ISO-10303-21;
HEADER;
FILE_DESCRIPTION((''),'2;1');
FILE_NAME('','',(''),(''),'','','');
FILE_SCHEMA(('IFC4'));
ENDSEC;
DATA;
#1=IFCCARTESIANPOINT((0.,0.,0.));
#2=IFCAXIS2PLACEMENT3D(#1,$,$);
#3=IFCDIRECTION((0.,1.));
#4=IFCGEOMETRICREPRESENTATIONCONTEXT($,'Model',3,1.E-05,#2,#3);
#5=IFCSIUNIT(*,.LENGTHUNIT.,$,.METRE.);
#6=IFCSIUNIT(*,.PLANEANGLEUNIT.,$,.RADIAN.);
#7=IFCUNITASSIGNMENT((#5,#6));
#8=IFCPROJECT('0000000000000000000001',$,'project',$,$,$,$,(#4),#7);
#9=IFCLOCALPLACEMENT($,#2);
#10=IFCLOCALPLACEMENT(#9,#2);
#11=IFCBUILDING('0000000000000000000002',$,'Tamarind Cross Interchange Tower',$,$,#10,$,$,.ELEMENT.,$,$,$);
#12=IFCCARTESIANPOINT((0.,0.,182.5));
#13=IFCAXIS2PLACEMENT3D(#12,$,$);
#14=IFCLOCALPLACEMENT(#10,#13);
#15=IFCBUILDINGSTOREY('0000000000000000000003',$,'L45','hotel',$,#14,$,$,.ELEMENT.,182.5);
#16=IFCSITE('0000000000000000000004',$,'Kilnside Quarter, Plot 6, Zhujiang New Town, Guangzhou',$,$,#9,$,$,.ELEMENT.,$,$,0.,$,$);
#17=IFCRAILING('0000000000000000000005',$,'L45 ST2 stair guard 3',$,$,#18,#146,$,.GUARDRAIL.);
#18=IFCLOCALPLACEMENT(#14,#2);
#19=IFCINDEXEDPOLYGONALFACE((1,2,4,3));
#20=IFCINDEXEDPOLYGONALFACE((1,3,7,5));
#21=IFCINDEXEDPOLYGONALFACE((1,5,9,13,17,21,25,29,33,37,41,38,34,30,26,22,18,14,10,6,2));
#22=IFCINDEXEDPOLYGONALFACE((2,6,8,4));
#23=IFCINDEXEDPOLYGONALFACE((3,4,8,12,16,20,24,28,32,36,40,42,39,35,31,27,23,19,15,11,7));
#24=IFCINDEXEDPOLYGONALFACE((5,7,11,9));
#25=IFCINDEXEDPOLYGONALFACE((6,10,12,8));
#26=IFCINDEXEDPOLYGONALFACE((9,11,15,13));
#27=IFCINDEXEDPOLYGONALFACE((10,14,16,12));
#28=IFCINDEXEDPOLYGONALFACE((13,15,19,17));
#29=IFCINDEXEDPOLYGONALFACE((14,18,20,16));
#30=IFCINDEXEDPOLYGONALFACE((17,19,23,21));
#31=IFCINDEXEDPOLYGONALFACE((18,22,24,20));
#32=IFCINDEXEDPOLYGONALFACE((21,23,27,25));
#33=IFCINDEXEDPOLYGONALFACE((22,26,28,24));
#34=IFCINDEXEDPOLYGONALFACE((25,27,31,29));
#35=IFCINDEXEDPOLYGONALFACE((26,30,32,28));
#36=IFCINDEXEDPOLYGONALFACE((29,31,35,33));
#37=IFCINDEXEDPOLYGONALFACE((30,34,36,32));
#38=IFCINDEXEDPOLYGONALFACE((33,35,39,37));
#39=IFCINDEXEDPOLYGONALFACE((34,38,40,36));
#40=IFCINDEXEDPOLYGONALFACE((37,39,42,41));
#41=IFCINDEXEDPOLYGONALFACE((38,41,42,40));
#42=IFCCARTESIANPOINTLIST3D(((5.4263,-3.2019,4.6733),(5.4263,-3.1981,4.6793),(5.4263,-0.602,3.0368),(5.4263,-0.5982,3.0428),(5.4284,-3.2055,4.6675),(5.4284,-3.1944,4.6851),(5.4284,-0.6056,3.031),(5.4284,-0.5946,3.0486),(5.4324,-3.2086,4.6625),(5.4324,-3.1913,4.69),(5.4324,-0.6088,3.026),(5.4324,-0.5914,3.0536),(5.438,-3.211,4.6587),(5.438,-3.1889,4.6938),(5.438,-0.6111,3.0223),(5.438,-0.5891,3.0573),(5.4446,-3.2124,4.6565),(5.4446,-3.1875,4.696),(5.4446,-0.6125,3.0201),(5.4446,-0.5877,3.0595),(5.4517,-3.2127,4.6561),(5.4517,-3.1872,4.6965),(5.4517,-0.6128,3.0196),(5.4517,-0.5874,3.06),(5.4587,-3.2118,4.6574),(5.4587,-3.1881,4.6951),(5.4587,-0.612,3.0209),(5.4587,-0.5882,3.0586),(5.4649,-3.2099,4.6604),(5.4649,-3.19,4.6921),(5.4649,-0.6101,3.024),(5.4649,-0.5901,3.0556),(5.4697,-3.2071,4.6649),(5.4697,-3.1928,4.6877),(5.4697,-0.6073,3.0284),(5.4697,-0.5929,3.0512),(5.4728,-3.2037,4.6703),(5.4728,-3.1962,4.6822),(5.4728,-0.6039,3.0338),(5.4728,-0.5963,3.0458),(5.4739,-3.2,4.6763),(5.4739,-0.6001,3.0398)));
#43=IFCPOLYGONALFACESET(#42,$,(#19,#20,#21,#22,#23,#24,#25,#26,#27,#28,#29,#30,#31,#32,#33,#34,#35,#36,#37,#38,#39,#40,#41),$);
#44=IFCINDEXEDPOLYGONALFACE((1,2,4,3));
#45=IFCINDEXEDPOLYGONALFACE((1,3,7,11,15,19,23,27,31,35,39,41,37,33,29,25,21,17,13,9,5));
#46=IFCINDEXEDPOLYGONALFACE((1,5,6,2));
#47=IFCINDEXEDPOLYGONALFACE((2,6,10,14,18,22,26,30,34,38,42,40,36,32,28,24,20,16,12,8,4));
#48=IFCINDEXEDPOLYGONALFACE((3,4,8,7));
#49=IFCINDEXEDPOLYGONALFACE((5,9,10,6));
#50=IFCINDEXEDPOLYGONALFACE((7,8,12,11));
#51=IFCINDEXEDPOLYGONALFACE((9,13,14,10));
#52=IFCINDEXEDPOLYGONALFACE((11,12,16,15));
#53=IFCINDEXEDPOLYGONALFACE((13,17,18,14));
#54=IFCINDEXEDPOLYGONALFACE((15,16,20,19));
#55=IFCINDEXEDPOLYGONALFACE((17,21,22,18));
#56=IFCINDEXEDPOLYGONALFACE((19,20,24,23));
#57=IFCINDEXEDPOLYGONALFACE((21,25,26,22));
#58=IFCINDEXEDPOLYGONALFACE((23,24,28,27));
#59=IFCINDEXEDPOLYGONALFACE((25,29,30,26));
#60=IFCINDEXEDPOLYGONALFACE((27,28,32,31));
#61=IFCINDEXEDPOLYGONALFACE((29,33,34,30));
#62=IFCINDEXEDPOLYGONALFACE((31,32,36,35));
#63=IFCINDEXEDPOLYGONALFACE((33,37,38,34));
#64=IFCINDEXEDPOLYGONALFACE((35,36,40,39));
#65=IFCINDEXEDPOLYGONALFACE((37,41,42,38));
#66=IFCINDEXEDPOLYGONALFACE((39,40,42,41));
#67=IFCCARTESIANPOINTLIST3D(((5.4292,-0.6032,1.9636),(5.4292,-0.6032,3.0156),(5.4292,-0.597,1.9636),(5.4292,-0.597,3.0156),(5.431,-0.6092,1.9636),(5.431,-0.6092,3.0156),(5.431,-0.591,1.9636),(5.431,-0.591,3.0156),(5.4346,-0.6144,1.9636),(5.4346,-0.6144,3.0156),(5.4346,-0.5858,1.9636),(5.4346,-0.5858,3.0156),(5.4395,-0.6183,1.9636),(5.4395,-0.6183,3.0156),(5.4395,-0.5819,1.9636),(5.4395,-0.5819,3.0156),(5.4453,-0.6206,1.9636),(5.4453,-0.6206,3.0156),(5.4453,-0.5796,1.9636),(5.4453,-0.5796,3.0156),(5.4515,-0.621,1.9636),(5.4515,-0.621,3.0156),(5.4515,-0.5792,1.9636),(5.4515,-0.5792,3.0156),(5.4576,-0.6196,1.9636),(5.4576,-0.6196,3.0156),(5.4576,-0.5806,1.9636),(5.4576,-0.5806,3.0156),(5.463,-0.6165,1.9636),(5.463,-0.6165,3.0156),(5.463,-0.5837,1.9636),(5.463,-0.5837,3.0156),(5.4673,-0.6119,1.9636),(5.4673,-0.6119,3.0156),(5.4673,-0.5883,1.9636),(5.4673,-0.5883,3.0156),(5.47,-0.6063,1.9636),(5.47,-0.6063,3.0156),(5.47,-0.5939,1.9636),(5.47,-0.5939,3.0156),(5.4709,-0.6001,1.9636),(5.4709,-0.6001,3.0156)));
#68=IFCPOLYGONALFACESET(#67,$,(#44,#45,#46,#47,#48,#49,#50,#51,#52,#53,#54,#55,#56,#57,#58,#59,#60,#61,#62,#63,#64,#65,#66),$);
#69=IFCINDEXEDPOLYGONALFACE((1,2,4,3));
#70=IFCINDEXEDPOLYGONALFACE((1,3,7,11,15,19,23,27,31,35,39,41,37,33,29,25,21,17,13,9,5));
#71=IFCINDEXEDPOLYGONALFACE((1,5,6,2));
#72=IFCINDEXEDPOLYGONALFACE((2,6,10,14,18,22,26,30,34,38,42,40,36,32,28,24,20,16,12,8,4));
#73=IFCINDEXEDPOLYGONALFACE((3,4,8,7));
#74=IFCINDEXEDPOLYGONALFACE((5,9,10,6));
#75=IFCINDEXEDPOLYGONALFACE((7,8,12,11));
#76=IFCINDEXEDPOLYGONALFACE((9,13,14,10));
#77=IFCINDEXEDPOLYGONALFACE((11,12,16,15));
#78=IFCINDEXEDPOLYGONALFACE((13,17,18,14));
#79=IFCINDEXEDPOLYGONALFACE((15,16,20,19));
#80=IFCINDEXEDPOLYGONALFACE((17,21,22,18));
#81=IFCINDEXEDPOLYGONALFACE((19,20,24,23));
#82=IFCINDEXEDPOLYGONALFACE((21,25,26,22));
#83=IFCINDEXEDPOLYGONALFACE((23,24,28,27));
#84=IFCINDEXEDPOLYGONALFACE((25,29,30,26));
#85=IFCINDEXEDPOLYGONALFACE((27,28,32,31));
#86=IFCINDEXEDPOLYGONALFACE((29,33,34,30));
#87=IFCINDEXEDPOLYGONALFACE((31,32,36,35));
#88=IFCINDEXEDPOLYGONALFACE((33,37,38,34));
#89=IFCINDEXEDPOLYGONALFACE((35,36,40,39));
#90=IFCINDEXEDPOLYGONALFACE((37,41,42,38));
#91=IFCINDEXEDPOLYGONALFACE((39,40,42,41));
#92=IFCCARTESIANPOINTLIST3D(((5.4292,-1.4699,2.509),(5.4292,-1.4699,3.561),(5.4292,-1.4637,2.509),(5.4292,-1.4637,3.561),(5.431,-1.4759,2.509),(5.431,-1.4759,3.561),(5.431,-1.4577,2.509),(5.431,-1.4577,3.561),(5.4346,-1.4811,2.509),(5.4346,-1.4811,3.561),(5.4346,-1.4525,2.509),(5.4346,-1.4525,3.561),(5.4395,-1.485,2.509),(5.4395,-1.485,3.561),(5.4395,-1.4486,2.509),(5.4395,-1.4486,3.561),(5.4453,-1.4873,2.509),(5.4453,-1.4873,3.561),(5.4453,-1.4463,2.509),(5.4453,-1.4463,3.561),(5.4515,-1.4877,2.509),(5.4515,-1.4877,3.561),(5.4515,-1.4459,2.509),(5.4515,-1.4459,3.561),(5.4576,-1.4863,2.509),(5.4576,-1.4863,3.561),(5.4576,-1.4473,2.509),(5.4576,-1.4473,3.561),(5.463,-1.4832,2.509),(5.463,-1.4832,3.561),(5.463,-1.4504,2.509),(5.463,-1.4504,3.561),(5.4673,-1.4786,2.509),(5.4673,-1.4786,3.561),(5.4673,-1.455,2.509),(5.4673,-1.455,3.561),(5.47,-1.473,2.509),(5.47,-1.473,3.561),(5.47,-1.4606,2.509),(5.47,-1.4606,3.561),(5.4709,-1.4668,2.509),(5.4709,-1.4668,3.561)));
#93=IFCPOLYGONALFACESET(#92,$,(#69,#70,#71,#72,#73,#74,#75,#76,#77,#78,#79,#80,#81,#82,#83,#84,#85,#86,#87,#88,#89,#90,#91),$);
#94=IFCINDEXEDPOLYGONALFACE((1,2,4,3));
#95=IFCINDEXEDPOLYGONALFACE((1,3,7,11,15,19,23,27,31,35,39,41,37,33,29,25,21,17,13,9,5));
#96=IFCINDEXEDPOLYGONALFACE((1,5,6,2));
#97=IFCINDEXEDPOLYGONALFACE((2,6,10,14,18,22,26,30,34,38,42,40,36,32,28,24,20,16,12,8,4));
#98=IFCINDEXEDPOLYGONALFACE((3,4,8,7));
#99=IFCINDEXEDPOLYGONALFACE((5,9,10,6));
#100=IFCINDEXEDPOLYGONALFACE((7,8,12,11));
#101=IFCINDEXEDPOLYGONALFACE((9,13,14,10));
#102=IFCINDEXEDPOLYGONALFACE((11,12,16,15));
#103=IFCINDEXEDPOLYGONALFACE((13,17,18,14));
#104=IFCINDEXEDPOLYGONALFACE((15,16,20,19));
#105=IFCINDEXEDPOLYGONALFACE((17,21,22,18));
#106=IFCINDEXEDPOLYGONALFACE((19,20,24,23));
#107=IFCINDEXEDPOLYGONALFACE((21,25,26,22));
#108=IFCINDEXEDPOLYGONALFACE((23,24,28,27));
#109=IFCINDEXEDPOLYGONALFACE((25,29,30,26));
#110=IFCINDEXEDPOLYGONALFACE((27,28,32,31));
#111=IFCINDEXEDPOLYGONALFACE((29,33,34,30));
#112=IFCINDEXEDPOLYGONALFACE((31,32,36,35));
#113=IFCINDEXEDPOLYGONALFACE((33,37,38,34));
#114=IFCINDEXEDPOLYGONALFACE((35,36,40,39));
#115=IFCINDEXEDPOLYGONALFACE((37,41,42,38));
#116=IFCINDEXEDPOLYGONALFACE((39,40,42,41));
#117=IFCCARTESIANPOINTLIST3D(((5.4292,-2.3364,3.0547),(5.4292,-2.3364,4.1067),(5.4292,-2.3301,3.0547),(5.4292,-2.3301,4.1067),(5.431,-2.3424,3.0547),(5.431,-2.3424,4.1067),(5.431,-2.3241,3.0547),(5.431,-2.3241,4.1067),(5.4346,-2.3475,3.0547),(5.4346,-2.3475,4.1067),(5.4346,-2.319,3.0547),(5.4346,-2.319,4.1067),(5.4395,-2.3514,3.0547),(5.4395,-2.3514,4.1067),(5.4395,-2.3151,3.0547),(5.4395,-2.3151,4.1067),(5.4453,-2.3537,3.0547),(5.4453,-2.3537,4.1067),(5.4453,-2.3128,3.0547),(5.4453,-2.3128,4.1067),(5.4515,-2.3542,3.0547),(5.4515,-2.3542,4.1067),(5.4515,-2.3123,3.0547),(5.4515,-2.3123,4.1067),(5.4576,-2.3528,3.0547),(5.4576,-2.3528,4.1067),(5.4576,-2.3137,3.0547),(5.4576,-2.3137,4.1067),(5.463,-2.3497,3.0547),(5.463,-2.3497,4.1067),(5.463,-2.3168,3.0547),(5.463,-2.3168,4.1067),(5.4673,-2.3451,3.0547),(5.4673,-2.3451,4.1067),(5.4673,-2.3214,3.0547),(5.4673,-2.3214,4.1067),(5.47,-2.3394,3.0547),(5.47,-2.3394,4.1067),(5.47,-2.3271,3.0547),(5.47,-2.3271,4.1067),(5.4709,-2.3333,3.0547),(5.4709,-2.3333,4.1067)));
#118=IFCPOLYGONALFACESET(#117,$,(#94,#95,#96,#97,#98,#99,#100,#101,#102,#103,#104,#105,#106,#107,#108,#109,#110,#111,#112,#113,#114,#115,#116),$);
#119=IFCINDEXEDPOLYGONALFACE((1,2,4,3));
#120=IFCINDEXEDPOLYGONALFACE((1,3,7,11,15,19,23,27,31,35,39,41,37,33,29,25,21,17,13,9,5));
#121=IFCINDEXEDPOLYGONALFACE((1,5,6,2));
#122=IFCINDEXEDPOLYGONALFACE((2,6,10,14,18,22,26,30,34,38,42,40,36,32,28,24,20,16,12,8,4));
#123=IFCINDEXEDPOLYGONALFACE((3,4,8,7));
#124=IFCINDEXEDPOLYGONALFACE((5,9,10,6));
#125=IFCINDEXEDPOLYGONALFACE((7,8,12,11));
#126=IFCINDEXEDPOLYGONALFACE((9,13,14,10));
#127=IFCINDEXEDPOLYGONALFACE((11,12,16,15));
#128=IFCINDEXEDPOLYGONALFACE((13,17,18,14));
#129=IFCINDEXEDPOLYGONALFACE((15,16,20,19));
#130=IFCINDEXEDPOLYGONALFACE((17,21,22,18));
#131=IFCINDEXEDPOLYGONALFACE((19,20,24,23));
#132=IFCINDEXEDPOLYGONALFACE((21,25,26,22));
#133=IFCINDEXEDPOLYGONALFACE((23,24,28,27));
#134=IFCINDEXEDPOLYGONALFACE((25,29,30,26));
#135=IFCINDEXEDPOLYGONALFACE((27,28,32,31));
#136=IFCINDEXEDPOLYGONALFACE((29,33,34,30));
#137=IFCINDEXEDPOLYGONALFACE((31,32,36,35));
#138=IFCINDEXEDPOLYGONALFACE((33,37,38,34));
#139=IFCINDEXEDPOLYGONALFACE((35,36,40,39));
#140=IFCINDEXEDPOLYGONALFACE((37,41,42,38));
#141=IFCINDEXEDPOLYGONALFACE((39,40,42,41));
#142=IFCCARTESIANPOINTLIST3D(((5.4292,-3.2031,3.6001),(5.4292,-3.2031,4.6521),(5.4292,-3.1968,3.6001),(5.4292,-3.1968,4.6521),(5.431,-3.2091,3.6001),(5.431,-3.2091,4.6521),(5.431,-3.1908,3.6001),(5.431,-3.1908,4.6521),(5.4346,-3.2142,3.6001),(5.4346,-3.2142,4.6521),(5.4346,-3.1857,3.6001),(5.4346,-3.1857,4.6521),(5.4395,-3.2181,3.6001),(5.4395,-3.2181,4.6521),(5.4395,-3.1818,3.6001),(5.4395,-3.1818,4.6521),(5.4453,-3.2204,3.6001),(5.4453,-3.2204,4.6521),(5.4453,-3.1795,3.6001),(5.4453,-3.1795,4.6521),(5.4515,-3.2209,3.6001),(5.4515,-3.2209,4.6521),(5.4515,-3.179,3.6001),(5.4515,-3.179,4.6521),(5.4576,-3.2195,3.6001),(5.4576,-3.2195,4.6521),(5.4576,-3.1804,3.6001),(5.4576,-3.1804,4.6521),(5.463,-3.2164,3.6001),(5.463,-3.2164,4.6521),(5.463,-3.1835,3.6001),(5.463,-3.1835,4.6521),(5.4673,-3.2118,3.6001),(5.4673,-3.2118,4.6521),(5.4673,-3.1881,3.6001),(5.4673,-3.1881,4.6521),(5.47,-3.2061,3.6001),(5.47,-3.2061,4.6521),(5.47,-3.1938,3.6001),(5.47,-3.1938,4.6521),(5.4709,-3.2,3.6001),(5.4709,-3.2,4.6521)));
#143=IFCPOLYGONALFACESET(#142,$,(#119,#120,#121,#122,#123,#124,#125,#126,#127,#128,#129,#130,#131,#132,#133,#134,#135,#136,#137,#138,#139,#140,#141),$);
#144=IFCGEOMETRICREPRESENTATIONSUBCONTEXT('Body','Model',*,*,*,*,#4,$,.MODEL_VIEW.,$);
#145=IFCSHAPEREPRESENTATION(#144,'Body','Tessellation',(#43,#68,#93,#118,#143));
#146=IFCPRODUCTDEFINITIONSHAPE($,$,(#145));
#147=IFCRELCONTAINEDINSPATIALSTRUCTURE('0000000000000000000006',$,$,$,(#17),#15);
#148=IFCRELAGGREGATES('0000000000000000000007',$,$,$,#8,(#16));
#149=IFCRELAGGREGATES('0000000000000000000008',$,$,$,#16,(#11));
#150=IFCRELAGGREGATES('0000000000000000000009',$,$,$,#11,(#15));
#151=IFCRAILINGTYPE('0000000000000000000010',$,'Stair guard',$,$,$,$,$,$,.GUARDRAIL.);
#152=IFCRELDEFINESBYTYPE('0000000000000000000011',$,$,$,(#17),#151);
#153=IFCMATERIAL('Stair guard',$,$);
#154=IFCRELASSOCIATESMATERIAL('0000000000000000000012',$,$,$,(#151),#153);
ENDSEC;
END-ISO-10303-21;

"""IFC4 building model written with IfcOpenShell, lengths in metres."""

from ifc_helpers import new_model, si_unit, direction, frame, origin, origin_2d, place, context, subcontext, project, spatial, circle, extrude, material, type_object, element, save


model = new_model("IFC4")

# Units and contexts
model_context = context("Model", 3, precision=1e-05, world=origin(), true_north=direction((0.0, 1.0)))
body_context = subcontext(model_context, "Body", "Model", "MODEL_VIEW")
ifc_project = project(units=[si_unit("LENGTHUNIT", "METRE"), si_unit("PLANEANGLEUNIT", "RADIAN")], contexts=[model_context])

# Site, building, storey
site_placement = place(None, origin())
site = spatial("IfcSite", under=ifc_project, at=site_placement, Name="Kilnside Quarter, Plot 6, Zhujiang New Town, Guangzhou", CompositionType="ELEMENT", RefElevation=0.0)
building_placement = place(site_placement, origin())
building = spatial("IfcBuilding", under=site, at=building_placement, Name="Tamarind Cross Interchange Tower", CompositionType="ELEMENT")
storey_placement = place(building_placement, frame((0.0, 0.0, 182.5)))
storey = spatial("IfcBuildingStorey", under=building, at=storey_placement, Name="L45", Description="hotel", CompositionType="ELEMENT", Elevation=182.5)

# Railing
ifc_material_1 = material(Name="Stair guard")
railing_type_1 = type_object("IfcRailingType", Name="Stair guard", PredefinedType="GUARDRAIL", material=ifc_material_1)
railing_1_placement = place(storey_placement, frame((5.45, -0.6001, 1.9636)))
element("IfcRailing", 1, at=railing_1_placement, inside=storey, type_object=railing_type_1, Name="L45 ST2 stair guard 3", PredefinedType="GUARDRAIL", context=body_context, shape_type="SweptSolid", body=[
    extrude(circle(Radius=0.0239, at=origin_2d()), frame((0.0, 0.0, 1.0762), z_axis=(0.0, -0.846302, 0.532704), x_axis=(1.0, 0.0, 0.0)), (0.0, 0.0, 1.0), 3.072),
    extrude(circle(Radius=0.021, at=origin_2d()), origin(), (0.0, 0.0, 1.0), 1.052),
    extrude(circle(Radius=0.021, at=origin_2d()), frame((0.0, -0.8667, 0.5454)), (0.0, 0.0, 1.0), 1.052),
    extrude(circle(Radius=0.021, at=origin_2d()), frame((0.0, -1.7332, 1.0911)), (0.0, 0.0, 1.0), 1.052),
    extrude(circle(Radius=0.021, at=origin_2d()), frame((0.0, -2.5999, 1.6365)), (0.0, 0.0, 1.0), 1.052),
])

save(model, "model.ifc")
